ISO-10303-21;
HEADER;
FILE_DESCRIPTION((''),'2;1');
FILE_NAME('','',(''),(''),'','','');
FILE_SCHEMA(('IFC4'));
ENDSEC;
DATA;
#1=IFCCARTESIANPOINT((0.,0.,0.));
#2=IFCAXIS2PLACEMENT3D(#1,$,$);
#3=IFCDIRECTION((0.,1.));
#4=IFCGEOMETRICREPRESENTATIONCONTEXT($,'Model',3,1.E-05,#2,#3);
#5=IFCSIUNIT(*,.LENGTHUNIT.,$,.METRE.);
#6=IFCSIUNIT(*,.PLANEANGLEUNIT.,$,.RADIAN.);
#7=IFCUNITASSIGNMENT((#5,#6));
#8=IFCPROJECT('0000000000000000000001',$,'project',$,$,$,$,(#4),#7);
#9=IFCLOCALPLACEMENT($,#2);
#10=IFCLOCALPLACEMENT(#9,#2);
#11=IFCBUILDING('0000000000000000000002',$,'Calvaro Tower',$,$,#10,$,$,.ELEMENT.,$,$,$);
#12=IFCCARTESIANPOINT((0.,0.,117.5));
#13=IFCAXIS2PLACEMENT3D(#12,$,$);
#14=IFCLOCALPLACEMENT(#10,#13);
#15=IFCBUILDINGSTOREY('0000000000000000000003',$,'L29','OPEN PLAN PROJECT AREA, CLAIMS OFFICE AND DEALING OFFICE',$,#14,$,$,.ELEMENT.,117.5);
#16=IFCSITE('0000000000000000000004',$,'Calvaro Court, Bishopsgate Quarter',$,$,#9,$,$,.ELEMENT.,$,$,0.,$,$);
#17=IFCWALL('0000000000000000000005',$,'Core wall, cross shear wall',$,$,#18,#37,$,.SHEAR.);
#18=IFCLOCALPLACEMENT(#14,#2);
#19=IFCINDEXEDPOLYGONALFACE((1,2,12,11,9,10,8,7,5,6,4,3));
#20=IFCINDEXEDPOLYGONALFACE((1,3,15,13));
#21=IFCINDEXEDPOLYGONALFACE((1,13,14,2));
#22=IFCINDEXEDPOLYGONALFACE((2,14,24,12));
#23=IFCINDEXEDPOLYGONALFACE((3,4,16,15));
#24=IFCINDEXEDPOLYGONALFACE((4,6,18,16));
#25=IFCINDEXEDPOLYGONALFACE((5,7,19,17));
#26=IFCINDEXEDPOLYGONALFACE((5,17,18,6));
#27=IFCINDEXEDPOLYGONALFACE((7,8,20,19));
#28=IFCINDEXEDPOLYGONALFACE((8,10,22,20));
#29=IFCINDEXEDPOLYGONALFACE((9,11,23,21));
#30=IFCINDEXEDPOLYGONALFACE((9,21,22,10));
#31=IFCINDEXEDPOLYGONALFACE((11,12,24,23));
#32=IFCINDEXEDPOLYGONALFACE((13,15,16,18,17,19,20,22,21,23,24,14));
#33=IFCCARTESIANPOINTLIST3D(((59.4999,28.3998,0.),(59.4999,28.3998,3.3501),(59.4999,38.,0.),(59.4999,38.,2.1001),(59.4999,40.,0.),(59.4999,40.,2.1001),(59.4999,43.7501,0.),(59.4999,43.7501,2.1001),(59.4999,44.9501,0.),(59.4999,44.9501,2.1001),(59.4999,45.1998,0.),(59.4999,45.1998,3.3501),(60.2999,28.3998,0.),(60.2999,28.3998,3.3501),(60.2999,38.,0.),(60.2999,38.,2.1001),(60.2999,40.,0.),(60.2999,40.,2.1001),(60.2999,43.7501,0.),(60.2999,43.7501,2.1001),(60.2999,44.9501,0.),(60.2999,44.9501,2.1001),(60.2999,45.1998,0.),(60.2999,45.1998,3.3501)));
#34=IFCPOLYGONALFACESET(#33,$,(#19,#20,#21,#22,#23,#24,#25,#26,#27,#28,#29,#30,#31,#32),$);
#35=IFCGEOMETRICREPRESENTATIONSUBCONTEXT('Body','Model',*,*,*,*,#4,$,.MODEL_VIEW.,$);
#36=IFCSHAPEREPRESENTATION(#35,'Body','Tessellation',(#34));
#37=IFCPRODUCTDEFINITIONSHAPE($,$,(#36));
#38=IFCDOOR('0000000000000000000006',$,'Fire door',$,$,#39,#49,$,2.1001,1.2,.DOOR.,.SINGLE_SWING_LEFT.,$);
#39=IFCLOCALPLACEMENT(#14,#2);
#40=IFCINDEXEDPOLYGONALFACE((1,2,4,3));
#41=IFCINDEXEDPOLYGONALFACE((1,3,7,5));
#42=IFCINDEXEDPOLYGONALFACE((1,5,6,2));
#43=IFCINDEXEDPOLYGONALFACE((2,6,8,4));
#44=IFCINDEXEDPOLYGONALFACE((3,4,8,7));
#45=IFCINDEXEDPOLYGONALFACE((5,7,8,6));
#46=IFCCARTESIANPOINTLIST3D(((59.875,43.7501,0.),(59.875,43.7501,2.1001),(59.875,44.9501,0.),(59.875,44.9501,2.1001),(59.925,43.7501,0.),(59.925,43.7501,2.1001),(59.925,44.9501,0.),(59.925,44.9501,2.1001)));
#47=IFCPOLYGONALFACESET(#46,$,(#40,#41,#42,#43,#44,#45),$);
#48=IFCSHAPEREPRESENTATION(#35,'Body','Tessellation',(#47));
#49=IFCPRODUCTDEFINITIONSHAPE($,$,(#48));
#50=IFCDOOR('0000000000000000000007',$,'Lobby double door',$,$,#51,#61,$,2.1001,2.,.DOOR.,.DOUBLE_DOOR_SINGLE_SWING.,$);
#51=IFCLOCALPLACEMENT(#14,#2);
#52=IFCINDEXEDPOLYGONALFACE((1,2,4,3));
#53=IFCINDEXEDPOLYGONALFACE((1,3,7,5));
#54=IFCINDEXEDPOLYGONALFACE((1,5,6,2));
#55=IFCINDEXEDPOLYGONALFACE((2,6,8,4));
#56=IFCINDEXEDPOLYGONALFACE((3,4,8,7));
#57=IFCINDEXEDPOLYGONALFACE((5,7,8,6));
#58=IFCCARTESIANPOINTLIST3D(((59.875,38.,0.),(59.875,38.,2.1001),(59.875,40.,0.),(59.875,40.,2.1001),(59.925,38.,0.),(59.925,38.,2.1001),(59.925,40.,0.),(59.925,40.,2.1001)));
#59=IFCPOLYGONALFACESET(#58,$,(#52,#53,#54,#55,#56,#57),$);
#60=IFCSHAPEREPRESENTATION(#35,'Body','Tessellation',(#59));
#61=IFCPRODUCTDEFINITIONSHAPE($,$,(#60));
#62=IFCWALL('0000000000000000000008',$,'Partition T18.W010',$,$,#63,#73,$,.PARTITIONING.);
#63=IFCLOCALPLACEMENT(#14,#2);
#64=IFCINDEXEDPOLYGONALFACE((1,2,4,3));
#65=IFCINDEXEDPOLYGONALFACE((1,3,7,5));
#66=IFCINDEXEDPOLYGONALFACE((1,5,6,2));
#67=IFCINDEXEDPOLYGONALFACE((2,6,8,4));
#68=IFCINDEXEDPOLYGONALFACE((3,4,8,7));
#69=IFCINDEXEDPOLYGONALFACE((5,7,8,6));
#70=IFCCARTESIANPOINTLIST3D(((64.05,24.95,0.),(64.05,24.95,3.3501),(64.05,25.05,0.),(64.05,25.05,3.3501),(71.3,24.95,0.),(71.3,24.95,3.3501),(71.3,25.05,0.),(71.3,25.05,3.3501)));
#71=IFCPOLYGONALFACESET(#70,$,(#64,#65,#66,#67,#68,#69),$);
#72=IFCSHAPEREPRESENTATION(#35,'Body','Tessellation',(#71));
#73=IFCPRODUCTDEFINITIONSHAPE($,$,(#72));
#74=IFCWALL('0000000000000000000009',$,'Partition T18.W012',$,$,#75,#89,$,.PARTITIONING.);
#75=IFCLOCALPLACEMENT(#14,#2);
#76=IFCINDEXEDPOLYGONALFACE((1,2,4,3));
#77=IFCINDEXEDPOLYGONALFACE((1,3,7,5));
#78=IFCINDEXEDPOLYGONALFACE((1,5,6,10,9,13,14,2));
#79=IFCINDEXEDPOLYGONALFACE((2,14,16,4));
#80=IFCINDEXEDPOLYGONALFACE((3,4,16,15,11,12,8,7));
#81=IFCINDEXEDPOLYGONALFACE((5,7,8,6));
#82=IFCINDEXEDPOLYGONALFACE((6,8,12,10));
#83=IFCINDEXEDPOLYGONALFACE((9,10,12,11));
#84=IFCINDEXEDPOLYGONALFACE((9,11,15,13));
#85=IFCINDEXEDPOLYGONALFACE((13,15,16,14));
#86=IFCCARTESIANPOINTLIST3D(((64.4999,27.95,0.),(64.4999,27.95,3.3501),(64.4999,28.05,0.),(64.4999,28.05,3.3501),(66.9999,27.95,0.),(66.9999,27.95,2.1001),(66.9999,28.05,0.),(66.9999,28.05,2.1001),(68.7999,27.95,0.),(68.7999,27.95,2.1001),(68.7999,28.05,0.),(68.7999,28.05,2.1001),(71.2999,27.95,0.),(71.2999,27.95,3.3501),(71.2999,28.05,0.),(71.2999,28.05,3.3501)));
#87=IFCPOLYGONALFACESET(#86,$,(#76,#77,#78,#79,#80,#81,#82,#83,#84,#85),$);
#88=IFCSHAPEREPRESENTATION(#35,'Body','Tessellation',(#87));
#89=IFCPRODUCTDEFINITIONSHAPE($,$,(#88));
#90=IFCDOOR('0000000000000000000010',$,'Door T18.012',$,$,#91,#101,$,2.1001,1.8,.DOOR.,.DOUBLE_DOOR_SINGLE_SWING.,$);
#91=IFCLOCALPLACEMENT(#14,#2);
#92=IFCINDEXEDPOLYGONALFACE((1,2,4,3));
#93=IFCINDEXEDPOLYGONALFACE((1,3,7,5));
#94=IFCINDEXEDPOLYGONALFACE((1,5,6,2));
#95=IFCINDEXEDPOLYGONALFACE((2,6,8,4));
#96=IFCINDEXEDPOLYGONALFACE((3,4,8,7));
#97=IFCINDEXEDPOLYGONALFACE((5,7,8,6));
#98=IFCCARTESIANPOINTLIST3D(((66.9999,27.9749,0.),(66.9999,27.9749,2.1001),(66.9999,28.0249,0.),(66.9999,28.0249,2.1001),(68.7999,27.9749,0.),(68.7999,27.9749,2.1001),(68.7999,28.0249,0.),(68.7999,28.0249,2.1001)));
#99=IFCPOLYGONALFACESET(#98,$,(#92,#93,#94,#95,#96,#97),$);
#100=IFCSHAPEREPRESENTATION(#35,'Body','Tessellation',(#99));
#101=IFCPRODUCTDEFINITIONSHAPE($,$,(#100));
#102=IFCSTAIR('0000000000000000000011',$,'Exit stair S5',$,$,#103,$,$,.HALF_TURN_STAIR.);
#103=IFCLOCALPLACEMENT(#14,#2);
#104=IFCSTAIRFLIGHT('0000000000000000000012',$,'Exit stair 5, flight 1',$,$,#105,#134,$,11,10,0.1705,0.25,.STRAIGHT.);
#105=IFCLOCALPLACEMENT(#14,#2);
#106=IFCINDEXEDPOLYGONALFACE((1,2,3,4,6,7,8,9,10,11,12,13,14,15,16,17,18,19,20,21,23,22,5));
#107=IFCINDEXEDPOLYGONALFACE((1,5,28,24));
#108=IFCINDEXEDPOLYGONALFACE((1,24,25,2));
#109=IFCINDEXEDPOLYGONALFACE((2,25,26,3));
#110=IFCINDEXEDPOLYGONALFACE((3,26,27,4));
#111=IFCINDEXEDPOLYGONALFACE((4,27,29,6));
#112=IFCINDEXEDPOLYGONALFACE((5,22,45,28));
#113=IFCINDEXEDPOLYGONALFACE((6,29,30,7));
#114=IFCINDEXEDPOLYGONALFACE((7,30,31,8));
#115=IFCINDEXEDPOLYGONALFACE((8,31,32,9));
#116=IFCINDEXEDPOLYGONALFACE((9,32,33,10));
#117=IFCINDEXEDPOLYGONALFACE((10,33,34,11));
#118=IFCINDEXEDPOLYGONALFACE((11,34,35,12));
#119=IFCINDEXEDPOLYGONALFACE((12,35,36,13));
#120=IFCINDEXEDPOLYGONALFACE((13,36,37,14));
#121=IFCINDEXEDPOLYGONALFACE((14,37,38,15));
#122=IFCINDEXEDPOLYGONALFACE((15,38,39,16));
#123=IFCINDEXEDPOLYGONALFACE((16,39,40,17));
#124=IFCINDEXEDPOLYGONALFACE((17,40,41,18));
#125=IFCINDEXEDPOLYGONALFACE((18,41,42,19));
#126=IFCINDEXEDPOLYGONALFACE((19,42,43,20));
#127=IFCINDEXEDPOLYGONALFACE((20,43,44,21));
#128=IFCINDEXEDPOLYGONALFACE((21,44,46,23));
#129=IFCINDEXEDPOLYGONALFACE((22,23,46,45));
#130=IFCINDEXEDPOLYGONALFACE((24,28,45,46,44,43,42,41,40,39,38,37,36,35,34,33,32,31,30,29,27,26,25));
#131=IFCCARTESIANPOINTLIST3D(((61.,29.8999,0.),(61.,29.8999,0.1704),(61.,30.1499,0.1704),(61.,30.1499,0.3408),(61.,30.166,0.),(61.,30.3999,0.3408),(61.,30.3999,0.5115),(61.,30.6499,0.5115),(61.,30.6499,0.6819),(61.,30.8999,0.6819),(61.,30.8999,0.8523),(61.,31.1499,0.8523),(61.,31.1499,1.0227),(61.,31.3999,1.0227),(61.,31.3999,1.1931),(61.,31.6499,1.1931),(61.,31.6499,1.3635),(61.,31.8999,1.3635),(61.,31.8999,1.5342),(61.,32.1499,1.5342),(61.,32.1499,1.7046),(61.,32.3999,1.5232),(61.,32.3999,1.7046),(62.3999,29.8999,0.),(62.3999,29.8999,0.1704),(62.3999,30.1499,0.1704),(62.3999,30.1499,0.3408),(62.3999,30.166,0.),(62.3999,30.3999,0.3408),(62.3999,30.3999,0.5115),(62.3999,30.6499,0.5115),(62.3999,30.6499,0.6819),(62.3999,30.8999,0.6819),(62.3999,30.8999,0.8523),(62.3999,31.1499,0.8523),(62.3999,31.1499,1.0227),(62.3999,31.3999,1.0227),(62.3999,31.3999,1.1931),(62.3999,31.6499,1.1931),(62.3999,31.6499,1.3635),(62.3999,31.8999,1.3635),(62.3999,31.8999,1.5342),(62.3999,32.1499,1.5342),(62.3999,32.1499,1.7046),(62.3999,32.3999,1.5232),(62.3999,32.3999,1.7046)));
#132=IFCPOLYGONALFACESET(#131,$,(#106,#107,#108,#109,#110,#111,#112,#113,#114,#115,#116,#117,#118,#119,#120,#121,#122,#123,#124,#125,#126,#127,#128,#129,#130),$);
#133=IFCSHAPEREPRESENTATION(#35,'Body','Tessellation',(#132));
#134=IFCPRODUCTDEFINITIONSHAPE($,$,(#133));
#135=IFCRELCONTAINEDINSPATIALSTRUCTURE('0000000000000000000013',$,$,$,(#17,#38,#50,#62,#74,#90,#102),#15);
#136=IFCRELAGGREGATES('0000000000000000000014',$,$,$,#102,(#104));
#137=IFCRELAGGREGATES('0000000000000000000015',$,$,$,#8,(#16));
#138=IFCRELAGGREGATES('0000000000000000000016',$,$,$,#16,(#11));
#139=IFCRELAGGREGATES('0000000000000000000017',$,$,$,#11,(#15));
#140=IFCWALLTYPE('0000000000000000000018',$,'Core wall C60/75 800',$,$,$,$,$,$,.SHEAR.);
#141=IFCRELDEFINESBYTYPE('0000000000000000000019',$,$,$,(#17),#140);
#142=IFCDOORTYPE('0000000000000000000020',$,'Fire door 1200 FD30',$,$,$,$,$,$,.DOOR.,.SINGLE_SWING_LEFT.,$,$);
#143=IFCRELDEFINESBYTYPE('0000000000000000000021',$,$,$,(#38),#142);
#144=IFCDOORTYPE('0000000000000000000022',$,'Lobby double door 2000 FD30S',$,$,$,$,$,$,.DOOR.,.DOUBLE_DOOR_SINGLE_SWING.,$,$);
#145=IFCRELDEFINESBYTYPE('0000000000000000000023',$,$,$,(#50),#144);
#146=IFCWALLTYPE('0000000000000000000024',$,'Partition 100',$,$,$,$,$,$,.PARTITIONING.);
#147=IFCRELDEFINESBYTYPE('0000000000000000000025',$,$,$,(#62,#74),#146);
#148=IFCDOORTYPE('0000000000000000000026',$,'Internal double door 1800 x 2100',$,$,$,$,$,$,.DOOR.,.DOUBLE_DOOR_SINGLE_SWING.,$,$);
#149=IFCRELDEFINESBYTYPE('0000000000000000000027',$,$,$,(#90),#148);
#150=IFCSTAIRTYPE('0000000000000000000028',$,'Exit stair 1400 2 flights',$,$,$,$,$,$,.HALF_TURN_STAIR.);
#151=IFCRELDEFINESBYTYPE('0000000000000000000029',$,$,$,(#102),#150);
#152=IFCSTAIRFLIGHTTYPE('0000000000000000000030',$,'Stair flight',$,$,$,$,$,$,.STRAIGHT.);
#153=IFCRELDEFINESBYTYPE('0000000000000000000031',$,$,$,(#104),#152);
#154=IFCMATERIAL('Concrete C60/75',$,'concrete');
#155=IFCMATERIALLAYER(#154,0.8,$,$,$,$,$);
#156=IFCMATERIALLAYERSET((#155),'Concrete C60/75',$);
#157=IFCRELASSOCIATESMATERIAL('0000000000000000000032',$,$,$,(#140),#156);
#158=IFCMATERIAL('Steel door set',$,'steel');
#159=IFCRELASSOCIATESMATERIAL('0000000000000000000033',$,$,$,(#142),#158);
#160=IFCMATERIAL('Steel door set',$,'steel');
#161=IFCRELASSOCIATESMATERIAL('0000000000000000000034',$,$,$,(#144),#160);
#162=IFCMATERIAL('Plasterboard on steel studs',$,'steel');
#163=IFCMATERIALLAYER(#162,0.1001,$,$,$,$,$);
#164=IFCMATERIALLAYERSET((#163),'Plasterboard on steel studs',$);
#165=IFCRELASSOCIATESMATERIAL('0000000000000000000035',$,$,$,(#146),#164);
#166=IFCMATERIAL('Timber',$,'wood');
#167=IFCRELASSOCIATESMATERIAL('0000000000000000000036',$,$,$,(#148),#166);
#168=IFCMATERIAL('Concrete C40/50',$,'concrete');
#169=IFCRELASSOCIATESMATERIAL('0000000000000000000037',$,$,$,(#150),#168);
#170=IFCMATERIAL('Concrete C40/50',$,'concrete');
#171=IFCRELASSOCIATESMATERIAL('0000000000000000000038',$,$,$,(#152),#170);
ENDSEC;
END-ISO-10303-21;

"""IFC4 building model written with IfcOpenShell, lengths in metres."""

from ifc_helpers import new_model, si_unit, direction, frame, frame_2d, origin, place, context, subcontext, project, spatial, polyline, rectangle, outline, extrude, material, layer, layer_set, type_object, element, fill, aggregate, save


model = new_model("IFC4")

# Units and contexts
model_context = context("Model", 3, precision=1e-05, world=origin(), true_north=direction((0.0, 1.0)))
body_context = subcontext(model_context, "Body", "Model", "MODEL_VIEW")
ifc_project = project(units=[si_unit("LENGTHUNIT", "METRE"), si_unit("PLANEANGLEUNIT", "RADIAN")], contexts=[model_context])

# Site, building, storey
site_placement = place(None, origin())
site = spatial("IfcSite", under=ifc_project, at=site_placement, Name="Calvaro Court, Bishopsgate Quarter", CompositionType="ELEMENT", RefElevation=0.0)
building_placement = place(site_placement, origin())
building = spatial("IfcBuilding", under=site, at=building_placement, Name="Calvaro Tower", CompositionType="ELEMENT")
storey_placement = place(building_placement, frame((0.0, 0.0, 117.5)))
storey = spatial("IfcBuildingStorey", under=building, at=storey_placement, Name="L29", Description="OPEN PLAN PROJECT AREA, CLAIMS OFFICE AND DEALING OFFICE", CompositionType="ELEMENT", Elevation=117.5)

# Wall, openings, doors
ifc_material_1 = material(Name="Concrete C60/75", Category="concrete")
ifc_layer_1 = layer(ifc_material_1, 0.8)
ifc_layer_set_1 = layer_set([ifc_layer_1], Name="Concrete C60/75")
wall_type_1 = type_object("IfcWallType", Name="Core wall C60/75 800", PredefinedType="SHEAR", material=ifc_layer_set_1)
wall_1_placement = place(storey_placement, frame((59.8999, 28.3999, 0.0), z_axis=(0.0, 0.0, 1.0), x_axis=(0.0, 1.0, 0.0)))
wall_1 = element("IfcWall", 1, at=wall_1_placement, inside=storey, type_object=wall_type_1, Name="Core wall, cross shear wall", PredefinedType="SHEAR", context=body_context, shape_type="SweptSolid", body=[
    extrude(rectangle(XDim=16.8, YDim=0.8, at=frame_2d((8.3999, 0.0))), origin(), (0.0, 0.0, 1.0), 3.3501),
])
opening_1_placement = place(wall_1_placement, frame((9.6001, 0.0, 0.0)))
opening_1 = element("IfcOpeningElement", 2, at=opening_1_placement, cuts=wall_1, PredefinedType="OPENING", context=body_context, shape_type="SweptSolid", body=[
    extrude(rectangle(XDim=2.0, YDim=2.1001, at=frame_2d((1.0, 1.05))), frame((0.0, 0.4099, 0.0), z_axis=(0.0, -1.0, 0.0), x_axis=(1.0, 0.0, 0.0)), (0.0, 0.0, 1.0), 0.8201),
])
opening_2_placement = place(wall_1_placement, frame((15.3501, 0.0, 0.0)))
opening_2 = element("IfcOpeningElement", 3, at=opening_2_placement, cuts=wall_1, PredefinedType="OPENING", context=body_context, shape_type="SweptSolid", body=[
    extrude(rectangle(XDim=1.2, YDim=2.1001, at=frame_2d((0.6001, 1.05))), frame((0.0, 0.4099, 0.0), z_axis=(0.0, -1.0, 0.0), x_axis=(1.0, 0.0, 0.0)), (0.0, 0.0, 1.0), 0.8201),
])
ifc_material_2 = material(Name="Steel door set", Category="steel")
door_type_1 = type_object("IfcDoorType", Name="Fire door 1200 FD30", OperationType="SINGLE_SWING_LEFT", PredefinedType="DOOR", material=ifc_material_2)
door_1_placement = place(opening_2_placement, origin())
door_1 = element("IfcDoor", 4, at=door_1_placement, inside=storey, type_object=door_type_1, Name="Fire door", OperationType="SINGLE_SWING_LEFT", OverallHeight=2.1001, OverallWidth=1.2, PredefinedType="DOOR", context=body_context, shape_type="SweptSolid", body=[
    extrude(rectangle(XDim=1.2, YDim=2.1001, at=frame_2d((0.6001, 1.05))), frame((0.0, 0.0249, 0.0), z_axis=(0.0, -1.0, 0.0), x_axis=(1.0, 0.0, 0.0)), (0.0, 0.0, 1.0), 0.05),
])
fill(opening_2, door_1)
ifc_material_3 = material(Name="Steel door set", Category="steel")
door_type_2 = type_object("IfcDoorType", Name="Lobby double door 2000 FD30S", OperationType="DOUBLE_DOOR_SINGLE_SWING", PredefinedType="DOOR", material=ifc_material_3)
door_2_placement = place(opening_1_placement, origin())
door_2 = element("IfcDoor", 5, at=door_2_placement, inside=storey, type_object=door_type_2, Name="Lobby double door", OperationType="DOUBLE_DOOR_SINGLE_SWING", OverallHeight=2.1001, OverallWidth=2.0, PredefinedType="DOOR", context=body_context, shape_type="SweptSolid", body=[
    extrude(rectangle(XDim=2.0, YDim=2.1001, at=frame_2d((1.0, 1.05))), frame((0.0, 0.0249, 0.0), z_axis=(0.0, -1.0, 0.0), x_axis=(1.0, 0.0, 0.0)), (0.0, 0.0, 1.0), 0.05),
])
fill(opening_1, door_2)

# Wall
ifc_material_4 = material(Name="Plasterboard on steel studs", Category="steel")
ifc_layer_2 = layer(ifc_material_4, 0.1001)
ifc_layer_set_2 = layer_set([ifc_layer_2], Name="Plasterboard on steel studs")
wall_type_2 = type_object("IfcWallType", Name="Partition 100", PredefinedType="PARTITIONING", material=ifc_layer_set_2)
wall_2_placement = place(storey_placement, frame((64.05, 25.0, 0.0), z_axis=(0.0, 0.0, 1.0), x_axis=(1.0, 0.0, 0.0)))
element("IfcWall", 6, at=wall_2_placement, inside=storey, type_object=wall_type_2, Name="Partition T18.W010", PredefinedType="PARTITIONING", context=body_context, shape_type="SweptSolid", body=[
    extrude(rectangle(XDim=7.25, YDim=0.1001, at=frame_2d((3.625, 0.0))), origin(), (0.0, 0.0, 1.0), 3.3501),
])

# Wall, opening, door
wall_3_placement = place(storey_placement, frame((64.5, 28.0, 0.0), z_axis=(0.0, 0.0, 1.0), x_axis=(1.0, 0.0, 0.0)))
wall_3 = element("IfcWall", 7, at=wall_3_placement, inside=storey, type_object=wall_type_2, Name="Partition T18.W012", PredefinedType="PARTITIONING", context=body_context, shape_type="SweptSolid", body=[
    extrude(rectangle(XDim=6.8, YDim=0.1001, at=frame_2d((3.3999, 0.0))), origin(), (0.0, 0.0, 1.0), 3.3501),
])
opening_3_placement = place(wall_3_placement, frame((2.5, 0.0, 0.0)))
opening_3 = element("IfcOpeningElement", 8, at=opening_3_placement, cuts=wall_3, PredefinedType="OPENING", context=body_context, shape_type="SweptSolid", body=[
    extrude(rectangle(XDim=1.8, YDim=2.1001, at=frame_2d((0.8999, 1.05))), frame((0.0, 0.0601, 0.0), z_axis=(0.0, -1.0, 0.0), x_axis=(1.0, 0.0, 0.0)), (0.0, 0.0, 1.0), 0.1201),
])
ifc_material_5 = material(Name="Timber", Category="wood")
door_type_3 = type_object("IfcDoorType", Name="Internal double door 1800 x 2100", OperationType="DOUBLE_DOOR_SINGLE_SWING", PredefinedType="DOOR", material=ifc_material_5)
door_3_placement = place(opening_3_placement, origin())
door_3 = element("IfcDoor", 9, at=door_3_placement, inside=storey, type_object=door_type_3, Name="Door T18.012", OperationType="DOUBLE_DOOR_SINGLE_SWING", OverallHeight=2.1001, OverallWidth=1.8, PredefinedType="DOOR", context=body_context, shape_type="SweptSolid", body=[
    extrude(rectangle(XDim=1.8, YDim=2.1001, at=frame_2d((0.8999, 1.05))), frame((0.0, 0.0249, 0.0), z_axis=(0.0, -1.0, 0.0), x_axis=(1.0, 0.0, 0.0)), (0.0, 0.0, 1.0), 0.05),
])
fill(opening_3, door_3)

# Stair, stair flight
ifc_material_6 = material(Name="Concrete C40/50", Category="concrete")
stair_type = type_object("IfcStairType", Name="Exit stair 1400 2 flights", PredefinedType="HALF_TURN_STAIR", material=ifc_material_6)
stair_1_placement = place(storey_placement, origin())
stair_1 = element("IfcStair", 10, at=stair_1_placement, inside=storey, type_object=stair_type, Name="Exit stair S5", PredefinedType="HALF_TURN_STAIR")
ifc_material_7 = material(Name="Concrete C40/50", Category="concrete")
stair_flight_type = type_object("IfcStairFlightType", Name="Stair flight", PredefinedType="STRAIGHT", material=ifc_material_7)
stair_flight_placement = place(storey_placement, frame((61.7, 29.8999, 0.0), z_axis=(0.0, 0.0, 1.0), x_axis=(0.0, 1.0, 0.0)))
stair_flight = element("IfcStairFlight", 11, at=stair_flight_placement, type_object=stair_flight_type, Name="Exit stair 5, flight 1", NumberOfRisers=11, NumberOfTreads=10, PredefinedType="STRAIGHT", RiserHeight=0.1705, TreadLength=0.25, context=body_context, shape_type="SweptSolid", body=[
    extrude(outline(polyline([(0.0, 0.0), (0.0, 0.1704), (0.25, 0.1704), (0.25, 0.3408), (0.5, 0.3408), (0.5, 0.5115), (0.75, 0.5115), (0.75, 0.6819), (1.0, 0.6819), (1.0, 0.8523), (1.25, 0.8523), (1.25, 1.0227), (1.5, 1.0227), (1.5, 1.1931), (1.75, 1.1931), (1.75, 1.3635), (2.0, 1.3635), (2.0, 1.5342), (2.25, 1.5342), (2.25, 1.7046), (2.5, 1.7046), (2.5, 1.875), (2.5, 1.5232), (0.2661, 0.0), (0.0, 0.0)])), frame((0.0, 0.7, 0.0), z_axis=(0.0, -1.0, 0.0), x_axis=(1.0, 0.0, 0.0)), (0.0, 0.0, 1.0), 1.3999),
])

aggregate(stair_1, [stair_flight])

save(model, "model.ifc")
